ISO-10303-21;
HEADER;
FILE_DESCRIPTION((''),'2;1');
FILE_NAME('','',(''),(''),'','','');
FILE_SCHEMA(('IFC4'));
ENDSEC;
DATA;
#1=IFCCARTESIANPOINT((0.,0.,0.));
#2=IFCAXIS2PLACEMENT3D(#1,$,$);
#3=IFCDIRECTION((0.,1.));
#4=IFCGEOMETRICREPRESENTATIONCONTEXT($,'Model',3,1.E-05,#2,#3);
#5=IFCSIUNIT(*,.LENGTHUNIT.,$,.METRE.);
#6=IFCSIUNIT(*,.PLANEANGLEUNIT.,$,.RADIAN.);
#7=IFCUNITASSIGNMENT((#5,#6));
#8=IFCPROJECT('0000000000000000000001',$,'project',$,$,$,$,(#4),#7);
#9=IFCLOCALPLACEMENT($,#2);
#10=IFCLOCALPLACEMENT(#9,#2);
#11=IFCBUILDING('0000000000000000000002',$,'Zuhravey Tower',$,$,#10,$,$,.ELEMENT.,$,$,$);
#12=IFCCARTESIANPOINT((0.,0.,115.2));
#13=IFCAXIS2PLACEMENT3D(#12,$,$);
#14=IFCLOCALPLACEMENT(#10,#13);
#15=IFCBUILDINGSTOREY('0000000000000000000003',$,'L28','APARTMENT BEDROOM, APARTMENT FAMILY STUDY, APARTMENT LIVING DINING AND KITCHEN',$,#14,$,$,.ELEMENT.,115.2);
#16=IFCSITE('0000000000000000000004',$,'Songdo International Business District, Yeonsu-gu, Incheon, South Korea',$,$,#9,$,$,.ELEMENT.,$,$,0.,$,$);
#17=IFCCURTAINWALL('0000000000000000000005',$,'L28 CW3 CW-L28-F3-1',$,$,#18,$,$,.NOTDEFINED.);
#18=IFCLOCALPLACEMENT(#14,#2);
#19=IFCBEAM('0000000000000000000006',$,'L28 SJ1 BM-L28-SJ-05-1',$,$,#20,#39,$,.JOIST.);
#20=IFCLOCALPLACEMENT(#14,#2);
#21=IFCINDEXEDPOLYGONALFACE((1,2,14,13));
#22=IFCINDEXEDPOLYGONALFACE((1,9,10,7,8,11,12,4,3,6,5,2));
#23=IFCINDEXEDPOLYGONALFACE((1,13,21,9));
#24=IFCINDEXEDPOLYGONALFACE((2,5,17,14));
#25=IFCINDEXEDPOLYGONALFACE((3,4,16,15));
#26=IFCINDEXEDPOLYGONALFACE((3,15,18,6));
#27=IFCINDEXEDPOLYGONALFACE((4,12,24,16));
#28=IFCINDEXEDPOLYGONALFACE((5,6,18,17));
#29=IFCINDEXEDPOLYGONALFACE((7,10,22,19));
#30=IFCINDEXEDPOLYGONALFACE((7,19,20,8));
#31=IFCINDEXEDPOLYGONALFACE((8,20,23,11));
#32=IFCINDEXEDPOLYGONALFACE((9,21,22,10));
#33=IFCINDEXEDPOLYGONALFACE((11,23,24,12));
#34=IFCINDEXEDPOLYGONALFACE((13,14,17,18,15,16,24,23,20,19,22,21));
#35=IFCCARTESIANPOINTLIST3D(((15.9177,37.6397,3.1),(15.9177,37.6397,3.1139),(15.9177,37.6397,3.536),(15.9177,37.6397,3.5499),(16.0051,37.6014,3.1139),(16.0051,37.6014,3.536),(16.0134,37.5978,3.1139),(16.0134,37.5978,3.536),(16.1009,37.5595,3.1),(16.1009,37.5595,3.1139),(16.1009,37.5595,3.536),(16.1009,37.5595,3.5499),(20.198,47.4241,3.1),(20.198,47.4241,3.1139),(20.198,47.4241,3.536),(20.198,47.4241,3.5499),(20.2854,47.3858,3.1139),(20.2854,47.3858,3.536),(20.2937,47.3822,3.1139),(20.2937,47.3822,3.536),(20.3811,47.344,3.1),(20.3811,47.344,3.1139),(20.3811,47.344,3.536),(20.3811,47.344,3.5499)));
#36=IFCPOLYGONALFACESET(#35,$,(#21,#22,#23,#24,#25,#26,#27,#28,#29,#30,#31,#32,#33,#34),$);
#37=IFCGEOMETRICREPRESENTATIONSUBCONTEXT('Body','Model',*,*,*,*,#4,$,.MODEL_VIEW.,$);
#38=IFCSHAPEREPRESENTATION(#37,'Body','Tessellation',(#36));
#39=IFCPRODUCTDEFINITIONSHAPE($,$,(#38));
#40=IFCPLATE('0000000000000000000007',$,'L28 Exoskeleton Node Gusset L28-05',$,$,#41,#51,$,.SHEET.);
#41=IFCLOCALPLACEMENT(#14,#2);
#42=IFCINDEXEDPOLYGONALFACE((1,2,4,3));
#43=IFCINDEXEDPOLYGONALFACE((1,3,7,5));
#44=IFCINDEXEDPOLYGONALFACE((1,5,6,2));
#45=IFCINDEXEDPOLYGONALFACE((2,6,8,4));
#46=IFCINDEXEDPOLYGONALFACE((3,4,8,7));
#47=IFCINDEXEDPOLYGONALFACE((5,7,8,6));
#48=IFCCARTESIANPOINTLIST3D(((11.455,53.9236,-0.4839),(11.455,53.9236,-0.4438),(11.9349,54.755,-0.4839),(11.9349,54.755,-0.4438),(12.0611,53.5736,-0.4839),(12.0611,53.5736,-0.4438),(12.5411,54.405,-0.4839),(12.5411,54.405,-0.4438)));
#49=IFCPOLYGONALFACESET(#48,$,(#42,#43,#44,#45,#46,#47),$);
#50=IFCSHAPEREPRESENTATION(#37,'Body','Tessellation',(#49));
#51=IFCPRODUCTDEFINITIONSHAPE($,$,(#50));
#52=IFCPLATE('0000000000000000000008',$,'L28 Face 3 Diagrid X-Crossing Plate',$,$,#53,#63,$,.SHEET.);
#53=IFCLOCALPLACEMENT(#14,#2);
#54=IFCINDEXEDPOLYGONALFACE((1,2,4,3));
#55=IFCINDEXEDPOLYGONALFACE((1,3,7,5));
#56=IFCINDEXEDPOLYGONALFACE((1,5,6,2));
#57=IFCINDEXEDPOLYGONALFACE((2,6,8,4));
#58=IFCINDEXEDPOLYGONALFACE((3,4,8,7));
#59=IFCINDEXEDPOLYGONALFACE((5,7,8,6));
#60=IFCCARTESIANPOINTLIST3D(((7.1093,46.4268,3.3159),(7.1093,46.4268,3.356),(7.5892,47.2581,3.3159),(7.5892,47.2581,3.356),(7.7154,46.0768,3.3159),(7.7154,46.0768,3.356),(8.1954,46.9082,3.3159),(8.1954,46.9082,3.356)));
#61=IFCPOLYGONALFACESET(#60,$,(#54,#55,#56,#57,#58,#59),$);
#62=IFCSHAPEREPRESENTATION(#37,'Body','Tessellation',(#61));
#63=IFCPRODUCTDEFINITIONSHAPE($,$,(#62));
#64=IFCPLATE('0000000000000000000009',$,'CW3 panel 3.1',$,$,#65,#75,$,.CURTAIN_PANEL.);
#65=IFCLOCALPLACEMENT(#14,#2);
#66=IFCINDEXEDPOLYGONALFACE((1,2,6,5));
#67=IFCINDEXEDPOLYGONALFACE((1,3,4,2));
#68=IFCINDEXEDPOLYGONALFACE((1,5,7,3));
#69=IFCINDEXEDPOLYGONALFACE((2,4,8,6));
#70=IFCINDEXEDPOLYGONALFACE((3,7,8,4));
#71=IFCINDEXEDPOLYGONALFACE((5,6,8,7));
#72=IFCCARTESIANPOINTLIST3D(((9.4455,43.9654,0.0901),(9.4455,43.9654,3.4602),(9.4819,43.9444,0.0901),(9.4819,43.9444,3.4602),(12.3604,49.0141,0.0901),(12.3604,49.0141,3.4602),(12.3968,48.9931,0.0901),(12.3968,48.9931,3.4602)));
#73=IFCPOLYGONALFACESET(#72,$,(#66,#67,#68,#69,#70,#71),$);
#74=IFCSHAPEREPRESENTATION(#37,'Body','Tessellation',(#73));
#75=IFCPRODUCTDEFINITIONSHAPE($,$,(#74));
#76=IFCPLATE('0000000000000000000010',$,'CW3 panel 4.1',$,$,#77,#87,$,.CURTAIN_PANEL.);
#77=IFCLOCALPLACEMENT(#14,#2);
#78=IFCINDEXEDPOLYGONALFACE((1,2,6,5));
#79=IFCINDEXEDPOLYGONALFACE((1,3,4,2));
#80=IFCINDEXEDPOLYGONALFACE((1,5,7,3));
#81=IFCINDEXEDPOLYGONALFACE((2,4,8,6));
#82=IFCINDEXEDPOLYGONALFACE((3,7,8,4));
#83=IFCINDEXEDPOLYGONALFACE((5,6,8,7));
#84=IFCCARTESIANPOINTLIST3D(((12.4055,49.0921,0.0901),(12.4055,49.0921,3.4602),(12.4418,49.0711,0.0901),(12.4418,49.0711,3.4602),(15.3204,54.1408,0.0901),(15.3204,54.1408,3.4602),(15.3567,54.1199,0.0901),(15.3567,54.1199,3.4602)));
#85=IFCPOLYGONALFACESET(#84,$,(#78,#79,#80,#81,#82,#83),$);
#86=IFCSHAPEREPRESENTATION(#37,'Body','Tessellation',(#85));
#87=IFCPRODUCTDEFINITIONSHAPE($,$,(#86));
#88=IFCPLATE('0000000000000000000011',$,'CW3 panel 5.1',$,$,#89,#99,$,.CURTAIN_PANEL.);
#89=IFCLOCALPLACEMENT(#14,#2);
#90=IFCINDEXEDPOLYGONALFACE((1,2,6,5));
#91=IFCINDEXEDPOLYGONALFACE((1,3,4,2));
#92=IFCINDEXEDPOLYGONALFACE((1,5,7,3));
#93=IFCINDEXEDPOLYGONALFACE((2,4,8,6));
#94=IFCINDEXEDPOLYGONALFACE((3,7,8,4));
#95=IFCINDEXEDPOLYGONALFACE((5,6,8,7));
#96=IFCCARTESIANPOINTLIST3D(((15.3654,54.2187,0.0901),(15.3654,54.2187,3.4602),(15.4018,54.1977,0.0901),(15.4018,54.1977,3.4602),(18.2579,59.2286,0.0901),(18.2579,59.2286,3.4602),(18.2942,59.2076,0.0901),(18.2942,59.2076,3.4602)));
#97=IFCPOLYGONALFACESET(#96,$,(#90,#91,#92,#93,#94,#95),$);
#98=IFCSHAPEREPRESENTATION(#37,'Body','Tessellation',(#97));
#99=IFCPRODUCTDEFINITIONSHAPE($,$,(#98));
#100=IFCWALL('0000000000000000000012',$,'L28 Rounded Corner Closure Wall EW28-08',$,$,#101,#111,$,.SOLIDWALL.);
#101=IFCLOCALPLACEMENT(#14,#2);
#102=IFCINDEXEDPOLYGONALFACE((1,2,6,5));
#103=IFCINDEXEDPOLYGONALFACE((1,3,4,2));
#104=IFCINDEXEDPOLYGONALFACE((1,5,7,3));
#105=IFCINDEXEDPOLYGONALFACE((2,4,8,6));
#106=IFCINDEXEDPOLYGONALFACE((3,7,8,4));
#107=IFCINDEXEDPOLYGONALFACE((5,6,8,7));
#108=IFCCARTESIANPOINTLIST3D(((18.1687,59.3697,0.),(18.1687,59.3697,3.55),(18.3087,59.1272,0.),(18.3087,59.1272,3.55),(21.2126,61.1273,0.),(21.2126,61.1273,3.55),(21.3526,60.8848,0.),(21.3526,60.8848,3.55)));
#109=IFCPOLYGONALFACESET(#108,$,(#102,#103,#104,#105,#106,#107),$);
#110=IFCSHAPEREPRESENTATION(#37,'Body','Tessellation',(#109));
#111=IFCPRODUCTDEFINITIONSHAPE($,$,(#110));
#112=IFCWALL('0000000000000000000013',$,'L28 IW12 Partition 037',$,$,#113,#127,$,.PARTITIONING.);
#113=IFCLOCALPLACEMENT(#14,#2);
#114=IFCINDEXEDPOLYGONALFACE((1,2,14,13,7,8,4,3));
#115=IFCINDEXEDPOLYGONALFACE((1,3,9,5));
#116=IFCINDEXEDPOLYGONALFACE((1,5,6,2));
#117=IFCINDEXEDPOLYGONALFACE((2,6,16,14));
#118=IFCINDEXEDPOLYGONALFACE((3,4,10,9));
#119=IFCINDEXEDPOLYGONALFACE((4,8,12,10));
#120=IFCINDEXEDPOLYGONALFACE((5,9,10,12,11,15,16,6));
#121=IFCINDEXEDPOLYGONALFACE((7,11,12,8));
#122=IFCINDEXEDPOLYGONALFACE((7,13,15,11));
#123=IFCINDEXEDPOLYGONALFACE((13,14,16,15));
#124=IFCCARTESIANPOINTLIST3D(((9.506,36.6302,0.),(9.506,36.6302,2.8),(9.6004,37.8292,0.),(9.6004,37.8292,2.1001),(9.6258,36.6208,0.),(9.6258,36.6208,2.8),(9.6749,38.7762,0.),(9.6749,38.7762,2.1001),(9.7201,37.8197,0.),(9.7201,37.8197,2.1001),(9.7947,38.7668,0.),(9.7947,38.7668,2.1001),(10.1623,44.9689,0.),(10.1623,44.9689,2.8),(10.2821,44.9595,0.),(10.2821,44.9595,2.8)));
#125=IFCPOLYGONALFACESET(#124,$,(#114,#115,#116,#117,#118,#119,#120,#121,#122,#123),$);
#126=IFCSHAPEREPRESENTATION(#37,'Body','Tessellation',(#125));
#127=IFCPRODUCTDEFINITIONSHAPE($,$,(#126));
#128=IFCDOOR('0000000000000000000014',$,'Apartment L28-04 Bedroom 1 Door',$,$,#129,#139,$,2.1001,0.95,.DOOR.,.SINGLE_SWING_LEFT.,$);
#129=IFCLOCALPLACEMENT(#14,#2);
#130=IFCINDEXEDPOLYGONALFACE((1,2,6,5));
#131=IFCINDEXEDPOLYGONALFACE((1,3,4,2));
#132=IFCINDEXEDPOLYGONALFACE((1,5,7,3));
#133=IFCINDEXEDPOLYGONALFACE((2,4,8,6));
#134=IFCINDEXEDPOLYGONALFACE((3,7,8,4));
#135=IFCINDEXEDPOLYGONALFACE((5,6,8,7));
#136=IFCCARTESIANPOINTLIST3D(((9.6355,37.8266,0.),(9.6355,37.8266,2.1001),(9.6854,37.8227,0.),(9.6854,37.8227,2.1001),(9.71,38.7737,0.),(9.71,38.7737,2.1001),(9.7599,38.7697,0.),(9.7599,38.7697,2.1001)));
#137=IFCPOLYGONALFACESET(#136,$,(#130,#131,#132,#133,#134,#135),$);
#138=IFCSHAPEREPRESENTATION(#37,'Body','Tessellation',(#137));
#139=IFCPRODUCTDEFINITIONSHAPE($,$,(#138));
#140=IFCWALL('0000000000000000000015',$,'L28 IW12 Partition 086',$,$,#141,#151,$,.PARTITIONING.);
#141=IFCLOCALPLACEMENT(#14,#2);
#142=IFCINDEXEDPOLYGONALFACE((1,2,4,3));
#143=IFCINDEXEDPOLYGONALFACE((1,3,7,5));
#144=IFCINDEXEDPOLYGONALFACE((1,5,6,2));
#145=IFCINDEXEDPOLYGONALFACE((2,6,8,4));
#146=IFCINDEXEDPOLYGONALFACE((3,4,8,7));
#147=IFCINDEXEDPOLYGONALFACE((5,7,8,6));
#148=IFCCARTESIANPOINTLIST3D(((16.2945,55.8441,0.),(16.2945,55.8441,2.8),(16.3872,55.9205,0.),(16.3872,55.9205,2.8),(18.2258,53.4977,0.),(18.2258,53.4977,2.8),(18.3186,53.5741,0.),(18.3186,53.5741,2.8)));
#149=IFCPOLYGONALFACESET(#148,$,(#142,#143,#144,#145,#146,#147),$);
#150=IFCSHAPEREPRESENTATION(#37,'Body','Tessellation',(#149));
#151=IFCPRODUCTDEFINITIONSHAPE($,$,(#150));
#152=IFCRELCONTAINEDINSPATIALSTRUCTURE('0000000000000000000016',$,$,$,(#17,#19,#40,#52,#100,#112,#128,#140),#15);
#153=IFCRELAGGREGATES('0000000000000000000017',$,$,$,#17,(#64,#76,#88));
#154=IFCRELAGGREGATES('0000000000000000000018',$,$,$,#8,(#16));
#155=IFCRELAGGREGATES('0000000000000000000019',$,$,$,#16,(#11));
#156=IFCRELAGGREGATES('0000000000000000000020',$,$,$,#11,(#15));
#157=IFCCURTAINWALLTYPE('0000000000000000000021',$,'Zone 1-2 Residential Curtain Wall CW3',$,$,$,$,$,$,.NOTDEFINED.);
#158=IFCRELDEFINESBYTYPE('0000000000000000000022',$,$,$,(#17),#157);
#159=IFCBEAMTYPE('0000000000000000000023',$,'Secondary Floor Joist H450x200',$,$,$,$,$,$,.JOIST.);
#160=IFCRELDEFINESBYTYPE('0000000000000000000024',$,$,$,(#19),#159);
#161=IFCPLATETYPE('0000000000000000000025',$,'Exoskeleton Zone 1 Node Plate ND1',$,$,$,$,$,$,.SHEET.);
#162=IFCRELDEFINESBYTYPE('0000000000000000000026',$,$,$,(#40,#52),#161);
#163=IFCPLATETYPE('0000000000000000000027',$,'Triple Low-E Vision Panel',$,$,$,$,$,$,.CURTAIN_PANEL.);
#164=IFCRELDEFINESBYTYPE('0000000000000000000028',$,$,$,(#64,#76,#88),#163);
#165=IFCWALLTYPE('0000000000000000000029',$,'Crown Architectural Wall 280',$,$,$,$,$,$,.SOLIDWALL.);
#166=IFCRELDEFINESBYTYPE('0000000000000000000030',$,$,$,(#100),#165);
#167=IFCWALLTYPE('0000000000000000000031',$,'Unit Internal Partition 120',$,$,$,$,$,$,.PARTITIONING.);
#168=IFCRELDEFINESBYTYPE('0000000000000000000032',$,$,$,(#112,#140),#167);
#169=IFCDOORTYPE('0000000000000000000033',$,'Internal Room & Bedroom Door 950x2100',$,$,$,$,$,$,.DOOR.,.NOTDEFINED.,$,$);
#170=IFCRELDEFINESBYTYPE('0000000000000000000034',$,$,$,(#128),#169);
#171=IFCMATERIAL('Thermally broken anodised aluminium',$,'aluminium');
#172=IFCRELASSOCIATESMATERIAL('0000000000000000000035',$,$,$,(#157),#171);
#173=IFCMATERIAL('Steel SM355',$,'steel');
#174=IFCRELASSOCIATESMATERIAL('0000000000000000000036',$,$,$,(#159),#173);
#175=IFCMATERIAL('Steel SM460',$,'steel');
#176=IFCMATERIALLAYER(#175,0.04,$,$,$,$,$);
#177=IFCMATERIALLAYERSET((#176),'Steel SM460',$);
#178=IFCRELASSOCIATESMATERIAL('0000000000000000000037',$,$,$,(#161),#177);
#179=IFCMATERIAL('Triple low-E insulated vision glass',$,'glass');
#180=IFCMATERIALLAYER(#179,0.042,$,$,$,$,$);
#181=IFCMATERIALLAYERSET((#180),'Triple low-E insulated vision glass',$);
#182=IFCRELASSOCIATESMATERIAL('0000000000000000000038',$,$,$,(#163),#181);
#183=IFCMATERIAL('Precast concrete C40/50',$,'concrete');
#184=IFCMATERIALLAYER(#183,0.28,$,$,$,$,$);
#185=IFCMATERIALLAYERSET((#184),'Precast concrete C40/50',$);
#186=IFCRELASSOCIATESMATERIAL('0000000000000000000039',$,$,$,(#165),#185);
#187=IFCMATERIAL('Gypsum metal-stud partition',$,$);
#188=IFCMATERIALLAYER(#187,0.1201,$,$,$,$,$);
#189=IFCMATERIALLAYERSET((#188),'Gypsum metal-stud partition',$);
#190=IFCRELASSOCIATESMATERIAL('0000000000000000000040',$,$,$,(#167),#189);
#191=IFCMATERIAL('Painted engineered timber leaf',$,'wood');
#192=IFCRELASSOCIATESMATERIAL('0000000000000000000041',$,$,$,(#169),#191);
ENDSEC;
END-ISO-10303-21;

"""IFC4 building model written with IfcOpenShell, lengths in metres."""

from ifc_helpers import new_model, si_unit, direction, frame, frame_2d, origin, origin_2d, place, context, subcontext, project, spatial, rectangle, i_section, extrude, material, layer, layer_set, material_profile, profile_set, type_object, element, fill, aggregate, save


model = new_model("IFC4")

# Units and contexts
model_context = context("Model", 3, precision=1e-05, world=origin(), true_north=direction((0.0, 1.0)))
body_context = subcontext(model_context, "Body", "Model", "MODEL_VIEW")
ifc_project = project(units=[si_unit("LENGTHUNIT", "METRE"), si_unit("PLANEANGLEUNIT", "RADIAN")], contexts=[model_context])

# Site, building, storey
site_placement = place(None, origin())
site = spatial("IfcSite", under=ifc_project, at=site_placement, Name="Songdo International Business District, Yeonsu-gu, Incheon, South Korea", CompositionType="ELEMENT", RefElevation=0.0)
building_placement = place(site_placement, origin())
building = spatial("IfcBuilding", under=site, at=building_placement, Name="Zuhravey Tower", CompositionType="ELEMENT")
storey_placement = place(building_placement, frame((0.0, 0.0, 115.2)))
storey = spatial("IfcBuildingStorey", under=building, at=storey_placement, Name="L28", Description="APARTMENT BEDROOM, APARTMENT FAMILY STUDY, APARTMENT LIVING DINING AND KITCHEN", CompositionType="ELEMENT", Elevation=115.2)

# Curtain wall
ifc_material_1 = material(Name="Thermally broken anodised aluminium", Category="aluminium")
curtain_wall_type = type_object("IfcCurtainWallType", Name="Zone 1-2 Residential Curtain Wall CW3", PredefinedType="NOTDEFINED", material=ifc_material_1)
curtain_wall_1_placement = place(storey_placement, origin())
curtain_wall_1 = element("IfcCurtainWall", 1, at=curtain_wall_1_placement, inside=storey, type_object=curtain_wall_type, Name="L28 CW3 CW-L28-F3-1", PredefinedType="NOTDEFINED")

# Shared definitions
ifc_material_2 = material(Name="Steel SM355", Category="steel")
ifc_material_3 = material(Name="Steel SM460", Category="steel")

# Beam
ifc_material_profile_1 = material_profile(ifc_material_2, i_section(OverallWidth=0.2, OverallDepth=0.45, WebThickness=0.009, FlangeThickness=0.0139, at=origin_2d()), Name="H-450x200x9x14")
ifc_profile_set_1 = profile_set([ifc_material_profile_1], Name="Steel SM355")
beam_type_1 = type_object("IfcBeamType", Name="Secondary Floor Joist H450x200", PredefinedType="JOIST", material=ifc_profile_set_1)
beam_1_placement = place(storey_placement, frame((20.2896, 47.384, 3.325), z_axis=(-0.400786, -0.916172, 0.0), x_axis=(0.916172, -0.400786, 0.0)))
element("IfcBeam", 2, at=beam_1_placement, inside=storey, type_object=beam_type_1, Name="L28 SJ1 BM-L28-SJ-05-1", PredefinedType="JOIST", context=body_context, shape_type="SweptSolid", body=[
    extrude(i_section(OverallWidth=0.2, OverallDepth=0.45, WebThickness=0.009, FlangeThickness=0.0139, at=origin_2d()), origin(), (0.0, 0.0, 1.0), 10.6797),
])

# Plates
ifc_layer_1 = layer(ifc_material_3, 0.04)
ifc_layer_set_1 = layer_set([ifc_layer_1], Name="Steel SM460")
plate_type_1 = type_object("IfcPlateType", Name="Exoskeleton Zone 1 Node Plate ND1", PredefinedType="SHEET", material=ifc_layer_set_1)
for number, where, z_axis, x_axis, name in (
    (3, (11.998, 54.1643, -0.4839), (0.0, 0.0, 1.0), (-0.5, -0.866025, 0.0), "L28 Exoskeleton Node Gusset L28-05"),
    (4, (7.6523, 46.6675, 3.3159), (0.0, 0.0, 1.0), (-0.5, -0.866025, 0.0), "L28 Face 3 Diagrid X-Crossing Plate"),
):
    element("IfcPlate", number, at=place(storey_placement, frame(where, z_axis=z_axis, x_axis=x_axis)), inside=storey, type_object=plate_type_1, Name=name, PredefinedType="SHEET", context=body_context, shape_type="SweptSolid", body=[
        extrude(rectangle(XDim=0.96, YDim=0.7, at=origin_2d()), origin(), (0.0, 0.0, 1.0), 0.04),
    ])

# Plates
ifc_material_4 = material(Name="Triple low-E insulated vision glass", Category="glass")
ifc_layer_2 = layer(ifc_material_4, 0.042)
ifc_layer_set_2 = layer_set([ifc_layer_2], Name="Triple low-E insulated vision glass")
plate_type_2 = type_object("IfcPlateType", Name="Triple Low-E Vision Panel", PredefinedType="CURTAIN_PANEL", material=ifc_layer_set_2)
plate_1_placement = place(storey_placement, frame((10.9211, 46.4792, 0.0901), z_axis=(0.0, 0.0, 1.0), x_axis=(0.5, 0.866026, 0.0)))
plate_1 = element("IfcPlate", 5, at=plate_1_placement, type_object=plate_type_2, Name="CW3 panel 3.1", PredefinedType="CURTAIN_PANEL", context=body_context, shape_type="SweptSolid", body=[
    extrude(rectangle(XDim=5.8298, YDim=0.042, at=origin_2d()), origin(), (0.0, 0.0, 1.0), 3.3701),
])
plate_2_placement = place(storey_placement, frame((13.8811, 51.606, 0.0901), z_axis=(0.0, 0.0, 1.0), x_axis=(0.5, 0.866026, 0.0)))
plate_2 = element("IfcPlate", 6, at=plate_2_placement, type_object=plate_type_2, Name="CW3 panel 4.1", PredefinedType="CURTAIN_PANEL", context=body_context, shape_type="SweptSolid", body=[
    extrude(rectangle(XDim=5.8298, YDim=0.042, at=origin_2d()), origin(), (0.0, 0.0, 1.0), 3.3701),
])
plate_3_placement = place(storey_placement, frame((16.8298, 56.7131, 0.0901), z_axis=(0.0, 0.0, 1.0), x_axis=(0.5, 0.866026, 0.0)))
plate_3 = element("IfcPlate", 7, at=plate_3_placement, type_object=plate_type_2, Name="CW3 panel 5.1", PredefinedType="CURTAIN_PANEL", context=body_context, shape_type="SweptSolid", body=[
    extrude(rectangle(XDim=5.7849, YDim=0.042, at=origin_2d()), origin(), (0.0, 0.0, 1.0), 3.3701),
])
aggregate(curtain_wall_1, [plate_1, plate_2, plate_3])

# Wall
ifc_material_5 = material(Name="Precast concrete C40/50", Category="concrete")
ifc_layer_3 = layer(ifc_material_5, 0.28)
ifc_layer_set_3 = layer_set([ifc_layer_3], Name="Precast concrete C40/50")
wall_type_1 = type_object("IfcWallType", Name="Crown Architectural Wall 280", PredefinedType="SOLIDWALL", material=ifc_layer_set_3)
wall_1_placement = place(storey_placement, frame((18.2388, 59.2485, 0.0), z_axis=(0.0, 0.0, 1.0), x_axis=(0.866007, 0.500031, 0.0)))
element("IfcWall", 8, at=wall_1_placement, inside=storey, type_object=wall_type_1, Name="L28 Rounded Corner Closure Wall EW28-08", PredefinedType="SOLIDWALL", context=body_context, shape_type="SweptSolid", body=[
    extrude(rectangle(XDim=3.5149, YDim=0.28, at=frame_2d((1.7573, 0.0))), origin(), (0.0, 0.0, 1.0), 3.55),
])

# Wall, opening, door
ifc_material_6 = material(Name="Gypsum metal-stud partition")
ifc_layer_4 = layer(ifc_material_6, 0.1201)
ifc_layer_set_4 = layer_set([ifc_layer_4], Name="Gypsum metal-stud partition")
wall_type_2 = type_object("IfcWallType", Name="Unit Internal Partition 120", PredefinedType="PARTITIONING", material=ifc_layer_set_4)
wall_2_placement = place(storey_placement, frame((10.2222, 44.9641, 0.0), z_axis=(0.0, 0.0, 1.0), x_axis=(-0.078457, -0.996917, 0.0)))
wall_2 = element("IfcWall", 9, at=wall_2_placement, inside=storey, type_object=wall_type_2, Name="L28 IW12 Partition 037", PredefinedType="PARTITIONING", context=body_context, shape_type="SweptSolid", body=[
    extrude(rectangle(XDim=8.3645, YDim=0.1201, at=frame_2d((4.1821, 0.0))), origin(), (0.0, 0.0, 1.0), 2.8),
])
opening_placement = place(wall_2_placement, frame((6.2117, 0.0, 0.0)))
opening = element("IfcOpeningElement", 10, at=opening_placement, cuts=wall_2, PredefinedType="OPENING", context=body_context, shape_type="SweptSolid", body=[
    extrude(rectangle(XDim=0.95, YDim=2.1001, at=frame_2d((0.4751, 1.05))), frame((0.0, 0.072, 0.0), z_axis=(0.0, -1.0, 0.0), x_axis=(1.0, 0.0, 0.0)), (0.0, 0.0, 1.0), 0.144),
])
ifc_material_7 = material(Name="Painted engineered timber leaf", Category="wood")
door_type = type_object("IfcDoorType", Name="Internal Room & Bedroom Door 950x2100", OperationType="NOTDEFINED", PredefinedType="DOOR", material=ifc_material_7)
door_placement = place(opening_placement, frame((0.95, 0.0, 0.0), z_axis=(0.0, 0.0, 1.0), x_axis=(-1.0, 0.0, 0.0)))
door = element("IfcDoor", 11, at=door_placement, inside=storey, type_object=door_type, Name="Apartment L28-04 Bedroom 1 Door", OperationType="SINGLE_SWING_LEFT", OverallHeight=2.1001, OverallWidth=0.95, PredefinedType="DOOR", context=body_context, shape_type="SweptSolid", body=[
    extrude(rectangle(XDim=0.95, YDim=2.1001, at=frame_2d((0.4751, 1.05))), frame((0.0, 0.0249, 0.0), z_axis=(0.0, -1.0, 0.0), x_axis=(1.0, 0.0, 0.0)), (0.0, 0.0, 1.0), 0.05),
])
fill(opening, door)

# Wall
wall_3_placement = place(storey_placement, frame((18.2722, 53.5359, 0.0), z_axis=(0.0, 0.0, 1.0), x_axis=(-0.635519, 0.772086, 0.0)))
element("IfcWall", 12, at=wall_3_placement, inside=storey, type_object=wall_type_2, Name="L28 IW12 Partition 086", PredefinedType="PARTITIONING", context=body_context, shape_type="SweptSolid", body=[
    extrude(rectangle(XDim=3.0391, YDim=0.1201, at=frame_2d((1.5195, 0.0))), origin(), (0.0, 0.0, 1.0), 2.8),
])

save(model, "model.ifc")
